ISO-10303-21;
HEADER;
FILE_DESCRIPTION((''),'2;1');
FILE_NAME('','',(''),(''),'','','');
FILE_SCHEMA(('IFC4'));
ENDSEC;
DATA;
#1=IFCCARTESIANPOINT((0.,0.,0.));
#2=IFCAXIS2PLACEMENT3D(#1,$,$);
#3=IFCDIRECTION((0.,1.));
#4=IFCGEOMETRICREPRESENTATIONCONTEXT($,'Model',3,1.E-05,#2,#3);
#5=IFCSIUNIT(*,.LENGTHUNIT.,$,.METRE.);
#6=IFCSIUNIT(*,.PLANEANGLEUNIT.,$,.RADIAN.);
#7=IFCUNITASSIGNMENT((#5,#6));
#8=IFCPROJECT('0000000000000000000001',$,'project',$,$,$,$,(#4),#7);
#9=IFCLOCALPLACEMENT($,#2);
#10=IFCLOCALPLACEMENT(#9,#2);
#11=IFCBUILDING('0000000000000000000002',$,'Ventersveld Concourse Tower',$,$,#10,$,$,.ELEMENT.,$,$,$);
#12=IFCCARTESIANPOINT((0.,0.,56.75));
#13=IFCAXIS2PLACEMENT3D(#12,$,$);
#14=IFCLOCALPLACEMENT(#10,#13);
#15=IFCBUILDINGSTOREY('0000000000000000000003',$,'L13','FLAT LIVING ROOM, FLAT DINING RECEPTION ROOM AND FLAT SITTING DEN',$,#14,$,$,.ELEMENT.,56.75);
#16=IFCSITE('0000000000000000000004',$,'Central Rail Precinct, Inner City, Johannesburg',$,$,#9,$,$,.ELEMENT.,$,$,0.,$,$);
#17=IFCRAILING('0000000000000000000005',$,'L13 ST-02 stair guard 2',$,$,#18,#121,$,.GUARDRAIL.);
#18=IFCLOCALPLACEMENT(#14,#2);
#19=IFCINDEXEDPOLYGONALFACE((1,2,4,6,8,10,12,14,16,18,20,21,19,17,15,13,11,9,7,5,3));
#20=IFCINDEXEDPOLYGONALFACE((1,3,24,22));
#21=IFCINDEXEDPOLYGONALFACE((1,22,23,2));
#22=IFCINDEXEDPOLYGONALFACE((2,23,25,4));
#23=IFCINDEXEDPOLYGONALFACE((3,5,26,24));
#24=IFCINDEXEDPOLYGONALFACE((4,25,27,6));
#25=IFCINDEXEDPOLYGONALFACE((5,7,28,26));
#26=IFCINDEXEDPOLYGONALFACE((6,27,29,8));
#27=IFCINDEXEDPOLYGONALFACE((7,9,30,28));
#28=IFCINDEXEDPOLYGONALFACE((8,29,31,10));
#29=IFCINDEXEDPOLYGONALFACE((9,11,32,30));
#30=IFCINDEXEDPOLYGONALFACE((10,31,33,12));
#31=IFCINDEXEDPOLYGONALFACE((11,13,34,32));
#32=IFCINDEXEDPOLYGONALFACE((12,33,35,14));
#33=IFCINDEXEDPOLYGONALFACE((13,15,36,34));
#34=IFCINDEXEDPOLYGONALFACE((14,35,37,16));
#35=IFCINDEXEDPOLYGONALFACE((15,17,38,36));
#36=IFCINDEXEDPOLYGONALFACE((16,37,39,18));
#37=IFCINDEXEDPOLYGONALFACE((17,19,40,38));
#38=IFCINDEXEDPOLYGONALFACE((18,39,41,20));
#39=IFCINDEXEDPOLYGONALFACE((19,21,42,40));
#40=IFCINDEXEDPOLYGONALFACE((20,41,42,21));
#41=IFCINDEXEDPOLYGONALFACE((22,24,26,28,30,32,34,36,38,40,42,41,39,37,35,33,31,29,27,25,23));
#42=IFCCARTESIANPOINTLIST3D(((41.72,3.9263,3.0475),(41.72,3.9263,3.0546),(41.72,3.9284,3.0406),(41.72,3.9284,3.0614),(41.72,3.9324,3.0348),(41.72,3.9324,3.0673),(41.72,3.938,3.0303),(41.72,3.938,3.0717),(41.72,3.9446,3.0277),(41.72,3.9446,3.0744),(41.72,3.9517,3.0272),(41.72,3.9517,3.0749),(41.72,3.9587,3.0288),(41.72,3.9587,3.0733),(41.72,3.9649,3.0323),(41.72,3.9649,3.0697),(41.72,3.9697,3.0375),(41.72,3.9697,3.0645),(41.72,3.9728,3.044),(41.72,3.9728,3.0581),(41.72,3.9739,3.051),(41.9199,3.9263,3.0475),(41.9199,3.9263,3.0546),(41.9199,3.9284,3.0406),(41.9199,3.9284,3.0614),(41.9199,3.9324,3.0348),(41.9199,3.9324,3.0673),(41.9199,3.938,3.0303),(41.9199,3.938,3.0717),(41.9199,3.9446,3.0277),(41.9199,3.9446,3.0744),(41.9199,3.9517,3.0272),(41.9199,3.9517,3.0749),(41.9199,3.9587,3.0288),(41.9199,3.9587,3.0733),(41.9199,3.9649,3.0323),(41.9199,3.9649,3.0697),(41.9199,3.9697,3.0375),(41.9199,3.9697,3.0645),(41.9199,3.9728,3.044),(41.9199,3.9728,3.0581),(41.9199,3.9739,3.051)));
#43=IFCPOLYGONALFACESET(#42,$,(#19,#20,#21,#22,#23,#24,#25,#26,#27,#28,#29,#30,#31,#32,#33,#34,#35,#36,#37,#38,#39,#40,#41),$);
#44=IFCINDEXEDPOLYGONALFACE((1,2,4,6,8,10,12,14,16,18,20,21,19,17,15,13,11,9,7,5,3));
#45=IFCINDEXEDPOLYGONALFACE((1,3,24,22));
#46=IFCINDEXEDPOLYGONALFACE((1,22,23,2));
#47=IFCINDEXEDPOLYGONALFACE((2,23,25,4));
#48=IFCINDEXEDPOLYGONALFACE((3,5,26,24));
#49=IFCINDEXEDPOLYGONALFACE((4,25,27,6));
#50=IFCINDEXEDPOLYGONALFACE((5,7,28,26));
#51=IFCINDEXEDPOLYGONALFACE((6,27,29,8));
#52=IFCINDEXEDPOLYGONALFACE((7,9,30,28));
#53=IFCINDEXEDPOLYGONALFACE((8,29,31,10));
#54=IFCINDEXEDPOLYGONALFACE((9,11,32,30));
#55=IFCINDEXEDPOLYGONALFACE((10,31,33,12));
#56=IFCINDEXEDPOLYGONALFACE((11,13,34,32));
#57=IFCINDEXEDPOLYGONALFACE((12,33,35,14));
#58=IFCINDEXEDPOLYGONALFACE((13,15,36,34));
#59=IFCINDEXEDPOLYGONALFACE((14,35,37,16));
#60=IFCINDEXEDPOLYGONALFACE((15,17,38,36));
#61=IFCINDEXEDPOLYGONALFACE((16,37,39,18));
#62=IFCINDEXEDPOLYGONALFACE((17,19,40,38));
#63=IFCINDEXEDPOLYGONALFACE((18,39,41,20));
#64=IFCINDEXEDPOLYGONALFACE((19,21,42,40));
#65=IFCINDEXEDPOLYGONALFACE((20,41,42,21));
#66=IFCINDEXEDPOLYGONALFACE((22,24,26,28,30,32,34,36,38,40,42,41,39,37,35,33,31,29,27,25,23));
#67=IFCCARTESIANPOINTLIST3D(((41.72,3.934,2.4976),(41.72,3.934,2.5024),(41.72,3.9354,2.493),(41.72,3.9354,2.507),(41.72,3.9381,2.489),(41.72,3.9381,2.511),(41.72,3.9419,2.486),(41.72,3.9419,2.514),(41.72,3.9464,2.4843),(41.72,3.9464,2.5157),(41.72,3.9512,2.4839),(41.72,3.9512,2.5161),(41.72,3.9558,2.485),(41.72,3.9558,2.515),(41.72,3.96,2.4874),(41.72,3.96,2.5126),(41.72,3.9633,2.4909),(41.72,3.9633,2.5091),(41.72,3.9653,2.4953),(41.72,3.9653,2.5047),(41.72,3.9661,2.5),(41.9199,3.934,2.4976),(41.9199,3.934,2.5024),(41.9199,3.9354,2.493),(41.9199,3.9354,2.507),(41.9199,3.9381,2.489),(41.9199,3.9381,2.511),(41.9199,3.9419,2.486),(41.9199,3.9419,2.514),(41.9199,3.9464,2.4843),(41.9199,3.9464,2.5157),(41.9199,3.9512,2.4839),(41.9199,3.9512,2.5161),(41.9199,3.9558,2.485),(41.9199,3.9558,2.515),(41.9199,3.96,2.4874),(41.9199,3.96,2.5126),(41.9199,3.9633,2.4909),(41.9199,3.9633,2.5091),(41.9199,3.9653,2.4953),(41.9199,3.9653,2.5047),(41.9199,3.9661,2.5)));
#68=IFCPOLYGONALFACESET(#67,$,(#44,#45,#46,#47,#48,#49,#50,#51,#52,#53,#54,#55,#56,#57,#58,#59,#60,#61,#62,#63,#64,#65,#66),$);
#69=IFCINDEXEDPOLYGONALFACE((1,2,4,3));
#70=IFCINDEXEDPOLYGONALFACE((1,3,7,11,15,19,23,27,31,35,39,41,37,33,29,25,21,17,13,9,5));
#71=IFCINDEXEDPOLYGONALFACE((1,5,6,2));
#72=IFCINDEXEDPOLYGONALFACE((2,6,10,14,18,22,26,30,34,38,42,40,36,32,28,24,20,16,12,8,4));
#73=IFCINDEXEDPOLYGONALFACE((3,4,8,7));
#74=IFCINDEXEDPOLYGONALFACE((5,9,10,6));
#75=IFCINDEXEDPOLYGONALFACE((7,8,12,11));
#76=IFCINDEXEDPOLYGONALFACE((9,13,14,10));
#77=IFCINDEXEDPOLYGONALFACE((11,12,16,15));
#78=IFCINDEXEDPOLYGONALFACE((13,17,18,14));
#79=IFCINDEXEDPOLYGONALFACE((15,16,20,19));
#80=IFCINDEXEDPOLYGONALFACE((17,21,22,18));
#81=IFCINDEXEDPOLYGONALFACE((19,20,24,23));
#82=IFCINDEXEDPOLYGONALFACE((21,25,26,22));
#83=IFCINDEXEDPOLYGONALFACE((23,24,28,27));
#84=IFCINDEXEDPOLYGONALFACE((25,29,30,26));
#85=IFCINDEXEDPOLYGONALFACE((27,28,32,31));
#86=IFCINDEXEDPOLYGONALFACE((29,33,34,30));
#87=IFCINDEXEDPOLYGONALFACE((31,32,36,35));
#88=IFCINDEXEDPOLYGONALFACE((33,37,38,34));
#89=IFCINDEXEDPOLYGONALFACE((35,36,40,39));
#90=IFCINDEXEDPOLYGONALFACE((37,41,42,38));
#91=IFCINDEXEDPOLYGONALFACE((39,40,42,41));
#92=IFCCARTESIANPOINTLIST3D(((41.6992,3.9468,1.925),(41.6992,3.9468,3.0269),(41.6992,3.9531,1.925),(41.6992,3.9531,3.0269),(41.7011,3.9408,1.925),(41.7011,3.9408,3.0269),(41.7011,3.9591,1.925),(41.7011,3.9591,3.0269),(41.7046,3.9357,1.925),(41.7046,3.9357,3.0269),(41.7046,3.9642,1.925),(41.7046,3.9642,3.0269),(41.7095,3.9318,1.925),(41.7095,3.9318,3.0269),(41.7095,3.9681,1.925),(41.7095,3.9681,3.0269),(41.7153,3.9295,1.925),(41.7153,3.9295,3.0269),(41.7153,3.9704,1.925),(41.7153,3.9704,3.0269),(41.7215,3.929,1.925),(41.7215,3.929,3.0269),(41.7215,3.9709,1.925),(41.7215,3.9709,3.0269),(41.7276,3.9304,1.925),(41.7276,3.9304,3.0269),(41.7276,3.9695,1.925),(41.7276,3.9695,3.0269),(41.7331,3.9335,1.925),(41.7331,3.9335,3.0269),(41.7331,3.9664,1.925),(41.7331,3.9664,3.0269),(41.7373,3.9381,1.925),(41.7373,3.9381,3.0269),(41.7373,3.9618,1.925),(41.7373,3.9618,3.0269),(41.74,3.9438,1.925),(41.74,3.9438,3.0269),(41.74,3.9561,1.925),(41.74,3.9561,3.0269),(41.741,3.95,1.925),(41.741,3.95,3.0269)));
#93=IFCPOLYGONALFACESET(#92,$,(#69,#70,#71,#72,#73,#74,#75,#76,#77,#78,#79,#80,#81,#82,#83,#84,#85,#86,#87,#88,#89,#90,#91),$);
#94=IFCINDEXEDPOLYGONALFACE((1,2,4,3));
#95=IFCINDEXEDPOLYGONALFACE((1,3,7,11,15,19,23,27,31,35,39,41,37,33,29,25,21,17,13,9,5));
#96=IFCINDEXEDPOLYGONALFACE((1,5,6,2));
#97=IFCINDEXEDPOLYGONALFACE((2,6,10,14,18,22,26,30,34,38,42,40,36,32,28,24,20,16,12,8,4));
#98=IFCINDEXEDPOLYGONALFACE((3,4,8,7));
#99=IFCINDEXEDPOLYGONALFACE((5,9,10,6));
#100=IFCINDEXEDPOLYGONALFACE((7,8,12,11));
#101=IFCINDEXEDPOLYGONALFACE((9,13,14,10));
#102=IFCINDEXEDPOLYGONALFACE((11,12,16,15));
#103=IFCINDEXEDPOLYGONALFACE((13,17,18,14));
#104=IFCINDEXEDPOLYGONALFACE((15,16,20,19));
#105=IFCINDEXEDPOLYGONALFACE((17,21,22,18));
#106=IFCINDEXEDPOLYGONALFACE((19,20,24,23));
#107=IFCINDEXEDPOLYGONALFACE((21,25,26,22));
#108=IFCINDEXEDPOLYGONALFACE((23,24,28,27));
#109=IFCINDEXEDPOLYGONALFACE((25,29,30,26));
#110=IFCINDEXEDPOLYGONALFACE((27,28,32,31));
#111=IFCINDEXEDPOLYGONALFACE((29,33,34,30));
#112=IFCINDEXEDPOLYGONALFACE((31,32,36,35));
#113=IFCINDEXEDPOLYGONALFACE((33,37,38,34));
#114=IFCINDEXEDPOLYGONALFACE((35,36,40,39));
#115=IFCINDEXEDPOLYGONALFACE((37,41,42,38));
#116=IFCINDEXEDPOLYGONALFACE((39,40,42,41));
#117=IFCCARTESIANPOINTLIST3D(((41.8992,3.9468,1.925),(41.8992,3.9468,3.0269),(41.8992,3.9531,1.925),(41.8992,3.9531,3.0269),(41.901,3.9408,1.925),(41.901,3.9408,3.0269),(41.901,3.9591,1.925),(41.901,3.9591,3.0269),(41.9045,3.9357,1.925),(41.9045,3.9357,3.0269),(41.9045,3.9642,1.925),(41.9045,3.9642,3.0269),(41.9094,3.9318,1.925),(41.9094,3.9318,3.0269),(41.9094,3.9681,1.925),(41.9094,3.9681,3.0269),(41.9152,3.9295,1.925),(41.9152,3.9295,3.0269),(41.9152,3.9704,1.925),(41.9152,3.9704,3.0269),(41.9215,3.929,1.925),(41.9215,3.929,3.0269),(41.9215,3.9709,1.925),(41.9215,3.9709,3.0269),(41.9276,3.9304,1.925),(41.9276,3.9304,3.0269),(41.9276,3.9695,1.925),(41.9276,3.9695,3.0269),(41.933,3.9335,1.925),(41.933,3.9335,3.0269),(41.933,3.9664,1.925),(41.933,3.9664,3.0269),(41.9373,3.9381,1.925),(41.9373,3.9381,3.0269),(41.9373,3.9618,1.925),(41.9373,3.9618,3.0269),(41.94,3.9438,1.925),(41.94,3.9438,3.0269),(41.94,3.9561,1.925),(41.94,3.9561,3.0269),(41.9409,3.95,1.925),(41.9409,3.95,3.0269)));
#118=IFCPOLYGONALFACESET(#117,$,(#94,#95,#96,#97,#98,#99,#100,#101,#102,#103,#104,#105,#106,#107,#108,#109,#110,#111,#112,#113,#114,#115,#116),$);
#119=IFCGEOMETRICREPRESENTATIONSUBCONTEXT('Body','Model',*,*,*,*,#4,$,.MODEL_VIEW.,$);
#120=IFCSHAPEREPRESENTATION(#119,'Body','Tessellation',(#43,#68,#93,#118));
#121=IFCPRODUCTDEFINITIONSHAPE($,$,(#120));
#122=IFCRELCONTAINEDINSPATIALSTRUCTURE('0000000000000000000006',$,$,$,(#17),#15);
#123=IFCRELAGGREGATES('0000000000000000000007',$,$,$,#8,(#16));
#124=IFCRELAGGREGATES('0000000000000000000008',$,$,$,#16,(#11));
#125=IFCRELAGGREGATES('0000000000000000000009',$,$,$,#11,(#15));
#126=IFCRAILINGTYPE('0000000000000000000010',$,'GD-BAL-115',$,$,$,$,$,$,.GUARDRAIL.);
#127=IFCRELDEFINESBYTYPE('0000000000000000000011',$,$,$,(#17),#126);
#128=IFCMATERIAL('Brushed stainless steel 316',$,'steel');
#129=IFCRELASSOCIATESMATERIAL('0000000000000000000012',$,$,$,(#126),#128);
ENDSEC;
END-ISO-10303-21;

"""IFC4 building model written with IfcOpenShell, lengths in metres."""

from ifc_helpers import new_model, si_unit, direction, frame, origin, origin_2d, place, context, subcontext, project, spatial, circle, extrude, material, type_object, element, save


model = new_model("IFC4")

# Units and contexts
model_context = context("Model", 3, precision=1e-05, world=origin(), true_north=direction((0.0, 1.0)))
body_context = subcontext(model_context, "Body", "Model", "MODEL_VIEW")
ifc_project = project(units=[si_unit("LENGTHUNIT", "METRE"), si_unit("PLANEANGLEUNIT", "RADIAN")], contexts=[model_context])

# Site, building, storey
site_placement = place(None, origin())
site = spatial("IfcSite", under=ifc_project, at=site_placement, Name="Central Rail Precinct, Inner City, Johannesburg", CompositionType="ELEMENT", RefElevation=0.0)
building_placement = place(site_placement, origin())
building = spatial("IfcBuilding", under=site, at=building_placement, Name="Ventersveld Concourse Tower", CompositionType="ELEMENT")
storey_placement = place(building_placement, frame((0.0, 0.0, 56.75)))
storey = spatial("IfcBuildingStorey", under=building, at=storey_placement, Name="L13", Description="FLAT LIVING ROOM, FLAT DINING RECEPTION ROOM AND FLAT SITTING DEN", CompositionType="ELEMENT", Elevation=56.75)

# Railing
ifc_material_1 = material(Name="Brushed stainless steel 316", Category="steel")
railing_type_1 = type_object("IfcRailingType", Name="GD-BAL-115", PredefinedType="GUARDRAIL", material=ifc_material_1)
railing_1_placement = place(storey_placement, frame((41.72, 3.95, 1.925)))
element("IfcRailing", 1, at=railing_1_placement, inside=storey, type_object=railing_type_1, Name="L13 ST-02 stair guard 2", PredefinedType="GUARDRAIL", context=body_context, shape_type="SweptSolid", body=[
    extrude(circle(Radius=0.0239, at=origin_2d()), frame((0.0, 0.0, 1.126), z_axis=(1.0, 0.0, 0.0), x_axis=(0.0, 1.0, 0.0)), (0.0, 0.0, 1.0), 0.2),
    extrude(circle(Radius=0.0161, at=origin_2d()), frame((0.0, 0.0, 0.575), z_axis=(1.0, 0.0, 0.0), x_axis=(0.0, 1.0, 0.0)), (0.0, 0.0, 1.0), 0.2),
    extrude(circle(Radius=0.021, at=origin_2d()), origin(), (0.0, 0.0, 1.0), 1.1018),
    extrude(circle(Radius=0.021, at=origin_2d()), frame((0.2, 0.0, 0.0)), (0.0, 0.0, 1.0), 1.1018),
])

save(model, "model.ifc")
